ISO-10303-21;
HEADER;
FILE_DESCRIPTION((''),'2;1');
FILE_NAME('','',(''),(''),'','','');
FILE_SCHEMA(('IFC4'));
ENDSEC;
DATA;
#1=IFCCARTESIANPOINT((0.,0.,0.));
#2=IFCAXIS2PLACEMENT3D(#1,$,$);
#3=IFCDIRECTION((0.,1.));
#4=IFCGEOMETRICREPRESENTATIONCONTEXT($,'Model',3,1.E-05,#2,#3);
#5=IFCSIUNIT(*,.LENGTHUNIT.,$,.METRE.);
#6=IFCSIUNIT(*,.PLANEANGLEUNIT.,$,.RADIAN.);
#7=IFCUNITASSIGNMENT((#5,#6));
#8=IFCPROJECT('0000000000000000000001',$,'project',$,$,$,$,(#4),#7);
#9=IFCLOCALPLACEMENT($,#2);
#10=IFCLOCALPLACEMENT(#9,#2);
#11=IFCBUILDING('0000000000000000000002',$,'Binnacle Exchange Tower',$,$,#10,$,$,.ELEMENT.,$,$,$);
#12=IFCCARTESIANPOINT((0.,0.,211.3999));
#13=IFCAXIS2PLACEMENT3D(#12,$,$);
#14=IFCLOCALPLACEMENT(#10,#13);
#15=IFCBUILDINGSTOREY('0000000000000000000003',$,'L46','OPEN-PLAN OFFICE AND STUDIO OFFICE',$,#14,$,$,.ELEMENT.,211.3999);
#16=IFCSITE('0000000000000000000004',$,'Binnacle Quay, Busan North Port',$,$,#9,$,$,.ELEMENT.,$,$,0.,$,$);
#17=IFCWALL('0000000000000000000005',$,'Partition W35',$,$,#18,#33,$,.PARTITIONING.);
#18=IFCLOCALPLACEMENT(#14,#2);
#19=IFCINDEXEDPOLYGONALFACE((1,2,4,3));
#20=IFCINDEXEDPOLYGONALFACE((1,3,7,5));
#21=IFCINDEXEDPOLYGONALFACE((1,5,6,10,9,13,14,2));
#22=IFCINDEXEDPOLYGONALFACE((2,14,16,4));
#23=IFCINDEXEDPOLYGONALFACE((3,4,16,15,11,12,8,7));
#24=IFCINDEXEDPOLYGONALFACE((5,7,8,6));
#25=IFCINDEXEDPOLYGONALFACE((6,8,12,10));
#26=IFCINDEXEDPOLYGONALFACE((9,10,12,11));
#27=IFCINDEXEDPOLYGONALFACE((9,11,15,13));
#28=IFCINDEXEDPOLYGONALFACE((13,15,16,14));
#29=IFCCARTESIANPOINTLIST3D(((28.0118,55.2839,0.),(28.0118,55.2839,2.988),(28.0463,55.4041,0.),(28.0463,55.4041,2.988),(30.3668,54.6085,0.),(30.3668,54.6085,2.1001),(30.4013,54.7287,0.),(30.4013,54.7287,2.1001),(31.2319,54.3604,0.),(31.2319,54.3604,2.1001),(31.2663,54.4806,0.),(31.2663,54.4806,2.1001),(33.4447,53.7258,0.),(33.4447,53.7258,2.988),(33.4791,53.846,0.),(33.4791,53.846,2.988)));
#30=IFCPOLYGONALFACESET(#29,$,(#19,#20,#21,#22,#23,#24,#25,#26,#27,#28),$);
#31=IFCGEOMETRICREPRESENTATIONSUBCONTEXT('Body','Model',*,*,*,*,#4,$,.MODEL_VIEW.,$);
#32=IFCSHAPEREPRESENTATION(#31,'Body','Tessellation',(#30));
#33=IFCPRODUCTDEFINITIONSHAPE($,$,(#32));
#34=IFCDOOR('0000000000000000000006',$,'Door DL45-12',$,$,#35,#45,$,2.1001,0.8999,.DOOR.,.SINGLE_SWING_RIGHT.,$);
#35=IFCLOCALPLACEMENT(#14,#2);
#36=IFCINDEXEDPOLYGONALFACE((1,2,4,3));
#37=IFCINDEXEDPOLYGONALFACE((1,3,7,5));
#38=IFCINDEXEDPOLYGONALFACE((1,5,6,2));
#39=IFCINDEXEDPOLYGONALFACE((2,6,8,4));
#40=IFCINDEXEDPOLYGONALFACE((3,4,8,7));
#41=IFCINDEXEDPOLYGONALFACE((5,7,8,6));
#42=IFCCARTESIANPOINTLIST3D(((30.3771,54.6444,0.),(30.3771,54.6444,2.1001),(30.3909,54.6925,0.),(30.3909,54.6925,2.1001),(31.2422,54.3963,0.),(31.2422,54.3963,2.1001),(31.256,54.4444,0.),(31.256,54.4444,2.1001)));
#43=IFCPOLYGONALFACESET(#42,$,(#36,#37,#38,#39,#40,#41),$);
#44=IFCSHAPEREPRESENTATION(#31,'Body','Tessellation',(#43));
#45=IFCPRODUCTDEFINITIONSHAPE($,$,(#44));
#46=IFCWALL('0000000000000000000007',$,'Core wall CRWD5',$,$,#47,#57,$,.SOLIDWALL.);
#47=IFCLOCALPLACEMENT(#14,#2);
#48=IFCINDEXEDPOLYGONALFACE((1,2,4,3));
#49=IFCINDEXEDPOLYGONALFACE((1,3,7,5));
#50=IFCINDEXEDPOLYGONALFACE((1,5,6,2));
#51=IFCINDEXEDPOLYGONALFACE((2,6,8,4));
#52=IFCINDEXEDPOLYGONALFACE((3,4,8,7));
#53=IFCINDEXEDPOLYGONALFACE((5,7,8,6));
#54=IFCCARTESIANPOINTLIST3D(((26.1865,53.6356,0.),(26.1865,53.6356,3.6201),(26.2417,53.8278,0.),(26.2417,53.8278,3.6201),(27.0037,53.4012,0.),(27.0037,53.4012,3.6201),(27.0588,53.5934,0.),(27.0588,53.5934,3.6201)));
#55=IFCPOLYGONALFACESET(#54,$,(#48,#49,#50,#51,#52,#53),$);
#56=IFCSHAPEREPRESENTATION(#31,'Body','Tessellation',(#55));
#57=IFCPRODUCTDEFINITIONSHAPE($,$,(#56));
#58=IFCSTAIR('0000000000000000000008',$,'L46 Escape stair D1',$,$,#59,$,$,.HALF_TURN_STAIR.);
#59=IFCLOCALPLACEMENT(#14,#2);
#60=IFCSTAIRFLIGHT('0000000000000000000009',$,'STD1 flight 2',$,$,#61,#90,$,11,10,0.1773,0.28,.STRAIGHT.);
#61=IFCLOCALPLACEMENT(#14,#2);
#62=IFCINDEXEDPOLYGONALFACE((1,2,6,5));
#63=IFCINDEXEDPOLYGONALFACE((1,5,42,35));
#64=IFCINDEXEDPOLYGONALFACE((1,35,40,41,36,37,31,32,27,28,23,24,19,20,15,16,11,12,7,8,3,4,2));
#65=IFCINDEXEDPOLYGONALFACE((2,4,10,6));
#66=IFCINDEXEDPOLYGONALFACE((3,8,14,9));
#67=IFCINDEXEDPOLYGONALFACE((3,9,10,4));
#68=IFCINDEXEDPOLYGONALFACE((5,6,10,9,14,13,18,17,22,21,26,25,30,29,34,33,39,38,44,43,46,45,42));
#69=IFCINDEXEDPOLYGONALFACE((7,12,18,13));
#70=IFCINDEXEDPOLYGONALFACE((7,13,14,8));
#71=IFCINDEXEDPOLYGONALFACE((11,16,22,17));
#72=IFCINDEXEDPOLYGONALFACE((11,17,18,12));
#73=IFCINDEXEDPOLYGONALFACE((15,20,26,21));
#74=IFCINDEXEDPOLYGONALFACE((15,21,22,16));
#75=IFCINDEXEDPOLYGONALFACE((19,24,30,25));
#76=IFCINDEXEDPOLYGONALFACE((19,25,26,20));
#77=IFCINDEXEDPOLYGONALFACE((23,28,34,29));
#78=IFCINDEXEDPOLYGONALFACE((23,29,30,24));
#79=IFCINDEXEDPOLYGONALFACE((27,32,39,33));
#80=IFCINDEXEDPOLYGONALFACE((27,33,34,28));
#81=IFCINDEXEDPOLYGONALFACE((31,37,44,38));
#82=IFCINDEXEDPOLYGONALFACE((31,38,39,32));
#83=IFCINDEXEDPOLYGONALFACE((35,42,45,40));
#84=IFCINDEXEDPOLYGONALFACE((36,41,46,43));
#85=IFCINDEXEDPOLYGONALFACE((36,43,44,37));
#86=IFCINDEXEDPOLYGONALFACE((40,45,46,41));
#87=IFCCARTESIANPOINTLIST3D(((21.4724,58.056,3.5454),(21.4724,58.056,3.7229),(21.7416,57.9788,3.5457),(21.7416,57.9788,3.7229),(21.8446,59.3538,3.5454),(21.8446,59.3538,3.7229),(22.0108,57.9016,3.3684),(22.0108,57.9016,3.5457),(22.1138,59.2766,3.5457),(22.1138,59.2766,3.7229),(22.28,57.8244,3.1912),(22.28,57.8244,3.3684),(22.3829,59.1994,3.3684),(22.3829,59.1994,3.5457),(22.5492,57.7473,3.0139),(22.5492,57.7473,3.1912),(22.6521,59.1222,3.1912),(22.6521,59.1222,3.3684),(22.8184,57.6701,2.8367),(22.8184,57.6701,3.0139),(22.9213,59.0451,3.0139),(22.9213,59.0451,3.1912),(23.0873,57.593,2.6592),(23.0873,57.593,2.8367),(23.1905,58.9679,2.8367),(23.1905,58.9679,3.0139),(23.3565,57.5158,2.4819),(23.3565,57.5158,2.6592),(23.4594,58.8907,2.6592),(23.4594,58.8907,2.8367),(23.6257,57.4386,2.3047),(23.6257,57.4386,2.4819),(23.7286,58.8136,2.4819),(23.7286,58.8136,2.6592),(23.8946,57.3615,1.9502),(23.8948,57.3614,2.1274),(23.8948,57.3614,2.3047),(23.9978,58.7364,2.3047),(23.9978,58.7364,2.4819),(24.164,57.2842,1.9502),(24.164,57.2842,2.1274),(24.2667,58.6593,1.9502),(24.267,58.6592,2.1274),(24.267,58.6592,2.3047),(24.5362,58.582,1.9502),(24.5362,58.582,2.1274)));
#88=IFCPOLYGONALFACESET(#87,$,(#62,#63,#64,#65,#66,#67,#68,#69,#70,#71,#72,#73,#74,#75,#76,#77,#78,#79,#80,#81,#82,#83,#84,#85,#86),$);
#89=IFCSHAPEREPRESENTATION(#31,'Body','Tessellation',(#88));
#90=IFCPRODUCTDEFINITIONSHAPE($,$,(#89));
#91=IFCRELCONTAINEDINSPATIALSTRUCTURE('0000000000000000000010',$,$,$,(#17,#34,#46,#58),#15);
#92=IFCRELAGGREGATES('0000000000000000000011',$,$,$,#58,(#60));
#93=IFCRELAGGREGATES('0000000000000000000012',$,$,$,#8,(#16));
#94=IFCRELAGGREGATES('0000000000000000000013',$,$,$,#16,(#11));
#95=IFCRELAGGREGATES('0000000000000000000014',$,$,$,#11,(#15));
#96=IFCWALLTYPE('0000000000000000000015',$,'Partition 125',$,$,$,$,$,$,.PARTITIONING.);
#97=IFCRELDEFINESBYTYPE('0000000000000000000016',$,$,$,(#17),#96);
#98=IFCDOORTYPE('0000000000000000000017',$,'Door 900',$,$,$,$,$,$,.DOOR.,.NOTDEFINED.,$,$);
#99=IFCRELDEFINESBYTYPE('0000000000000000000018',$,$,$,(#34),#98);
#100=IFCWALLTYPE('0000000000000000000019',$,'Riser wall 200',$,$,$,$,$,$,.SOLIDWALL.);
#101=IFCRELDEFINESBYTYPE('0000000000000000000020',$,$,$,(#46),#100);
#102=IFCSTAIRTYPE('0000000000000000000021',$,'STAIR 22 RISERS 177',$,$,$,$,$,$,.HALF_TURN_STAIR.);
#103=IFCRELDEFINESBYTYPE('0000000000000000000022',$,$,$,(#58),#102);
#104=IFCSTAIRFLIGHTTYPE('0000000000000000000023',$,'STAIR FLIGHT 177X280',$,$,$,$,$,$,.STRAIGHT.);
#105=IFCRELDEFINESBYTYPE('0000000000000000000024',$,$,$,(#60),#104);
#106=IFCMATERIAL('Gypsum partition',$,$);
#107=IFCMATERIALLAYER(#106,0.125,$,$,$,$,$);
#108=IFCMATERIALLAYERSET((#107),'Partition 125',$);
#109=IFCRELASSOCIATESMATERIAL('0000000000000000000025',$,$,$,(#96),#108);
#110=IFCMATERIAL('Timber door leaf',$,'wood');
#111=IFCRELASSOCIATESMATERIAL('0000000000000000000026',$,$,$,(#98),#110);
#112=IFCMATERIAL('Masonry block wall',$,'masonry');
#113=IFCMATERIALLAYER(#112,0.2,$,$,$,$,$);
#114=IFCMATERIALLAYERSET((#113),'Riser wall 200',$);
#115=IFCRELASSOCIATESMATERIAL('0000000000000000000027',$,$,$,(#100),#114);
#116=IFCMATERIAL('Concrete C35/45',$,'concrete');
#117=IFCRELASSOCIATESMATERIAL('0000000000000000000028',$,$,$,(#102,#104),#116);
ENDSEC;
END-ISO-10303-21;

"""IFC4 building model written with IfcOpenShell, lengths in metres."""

from ifc_helpers import new_model, si_unit, direction, frame, frame_2d, origin, place, context, subcontext, project, spatial, polyline, rectangle, outline, extrude, material, layer, layer_set, type_object, element, fill, aggregate, save


model = new_model("IFC4")

# Units and contexts
model_context = context("Model", 3, precision=1e-05, world=origin(), true_north=direction((0.0, 1.0)))
body_context = subcontext(model_context, "Body", "Model", "MODEL_VIEW")
ifc_project = project(units=[si_unit("LENGTHUNIT", "METRE"), si_unit("PLANEANGLEUNIT", "RADIAN")], contexts=[model_context])

# Site, building, storey
site_placement = place(None, origin())
site = spatial("IfcSite", under=ifc_project, at=site_placement, Name="Binnacle Quay, Busan North Port", CompositionType="ELEMENT", RefElevation=0.0)
building_placement = place(site_placement, origin())
building = spatial("IfcBuilding", under=site, at=building_placement, Name="Binnacle Exchange Tower", CompositionType="ELEMENT")
storey_placement = place(building_placement, frame((0.0, 0.0, 211.3999)))
storey = spatial("IfcBuildingStorey", under=building, at=storey_placement, Name="L46", Description="OPEN-PLAN OFFICE AND STUDIO OFFICE", CompositionType="ELEMENT", Elevation=211.3999)

# Wall, opening, door
ifc_material_1 = material(Name="Gypsum partition")
ifc_layer_1 = layer(ifc_material_1, 0.125)
ifc_layer_set_1 = layer_set([ifc_layer_1], Name="Partition 125")
wall_type_1 = type_object("IfcWallType", Name="Partition 125", PredefinedType="PARTITIONING", material=ifc_layer_set_1)
wall_1_placement = place(storey_placement, frame((28.0291, 55.344, 0.0), z_axis=(0.0, 0.0, 1.0), x_axis=(0.96125, -0.275679, 0.0)))
wall_1 = element("IfcWall", 1, at=wall_1_placement, inside=storey, type_object=wall_type_1, Name="Partition W35", PredefinedType="PARTITIONING", context=body_context, shape_type="SweptSolid", body=[
    extrude(rectangle(XDim=5.6519, YDim=0.125, at=frame_2d((2.8259, 0.0))), origin(), (0.0, 0.0, 1.0), 2.988),
])
opening_1_placement = place(wall_1_placement, frame((2.45, 0.0, 0.0)))
opening_1 = element("IfcOpeningElement", 2, at=opening_1_placement, cuts=wall_1, PredefinedType="OPENING", context=body_context, shape_type="SweptSolid", body=[
    extrude(rectangle(XDim=0.8999, YDim=2.1001, at=frame_2d((0.45, 1.05))), frame((0.0, 0.0725, 0.0), z_axis=(0.0, -1.0, 0.0), x_axis=(1.0, 0.0, 0.0)), (0.0, 0.0, 1.0), 0.145),
])
ifc_material_2 = material(Name="Timber door leaf", Category="wood")
door_type = type_object("IfcDoorType", Name="Door 900", OperationType="NOTDEFINED", PredefinedType="DOOR", material=ifc_material_2)
door_placement = place(opening_1_placement, origin())
door = element("IfcDoor", 3, at=door_placement, inside=storey, type_object=door_type, Name="Door DL45-12", OperationType="SINGLE_SWING_RIGHT", OverallHeight=2.1001, OverallWidth=0.8999, PredefinedType="DOOR", context=body_context, shape_type="SweptSolid", body=[
    extrude(rectangle(XDim=0.8999, YDim=2.1001, at=frame_2d((0.45, 1.05))), frame((0.0, 0.0249, 0.0), z_axis=(0.0, -1.0, 0.0), x_axis=(1.0, 0.0, 0.0)), (0.0, 0.0, 1.0), 0.05),
])
fill(opening_1, door)

# Wall
ifc_material_3 = material(Name="Masonry block wall", Category="masonry")
ifc_layer_2 = layer(ifc_material_3, 0.2)
ifc_layer_set_2 = layer_set([ifc_layer_2], Name="Riser wall 200")
wall_type_2 = type_object("IfcWallType", Name="Riser wall 200", PredefinedType="SOLIDWALL", material=ifc_layer_set_2)
wall_2_placement = place(storey_placement, frame((26.2141, 53.7317, 0.0), z_axis=(0.0, 0.0, 1.0), x_axis=(0.961242, -0.275707, 0.0)))
element("IfcWall", 4, at=wall_2_placement, inside=storey, type_object=wall_type_2, Name="Core wall CRWD5", PredefinedType="SOLIDWALL", context=body_context, shape_type="SweptSolid", body=[
    extrude(rectangle(XDim=0.8501, YDim=0.2, at=frame_2d((0.425, 0.0))), origin(), (0.0, 0.0, 1.0), 3.6201),
])

# Stair, stair flight
ifc_material_4 = material(Name="Concrete C35/45", Category="concrete")
stair_type = type_object("IfcStairType", Name="STAIR 22 RISERS 177", PredefinedType="HALF_TURN_STAIR", material=ifc_material_4)
stair_placement = place(storey_placement, origin())
stair = element("IfcStair", 5, at=stair_placement, inside=storey, type_object=stair_type, Name="L46 Escape stair D1", PredefinedType="HALF_TURN_STAIR")
stair_flight_type = type_object("IfcStairFlightType", Name="STAIR FLIGHT 177X280", PredefinedType="STRAIGHT", material=ifc_material_4)
stair_flight_placement = place(storey_placement, frame((24.3501, 57.9331, 1.9502), z_axis=(0.0, 0.0, 1.0), x_axis=(-0.961262, 0.275637, 0.0)))
stair_flight = element("IfcStairFlight", 6, at=stair_flight_placement, type_object=stair_flight_type, Name="STD1 flight 2", NumberOfRisers=11, NumberOfTreads=10, PredefinedType="STRAIGHT", RiserHeight=0.1773, TreadLength=0.28, context=body_context, shape_type="SweptSolid", body=[
    extrude(outline(polyline([(0.0, 0.0), (0.0, 0.1772), (0.28, 0.1772), (0.28, 0.3545), (0.5601, 0.3545), (0.5601, 0.5317), (0.8401, 0.5317), (0.8401, 0.709), (1.1201, 0.709), (1.1201, 0.8865), (1.3999, 0.8865), (1.3999, 1.0637), (1.6799, 1.0637), (1.6799, 1.241), (1.96, 1.241), (1.96, 1.4182), (2.24, 1.4182), (2.24, 1.5955), (2.52, 1.5955), (2.52, 1.7727), (2.8, 1.7727), (2.8, 1.95), (2.8, 1.5952), (0.2803, 0.0), (0.0, 0.0)])), frame((0.0, 0.675, 0.0), z_axis=(0.0, -1.0, 0.0), x_axis=(1.0, 0.0, 0.0)), (0.0, 0.0, 1.0), 1.3501),
])
aggregate(stair, [stair_flight])

save(model, "model.ifc")
